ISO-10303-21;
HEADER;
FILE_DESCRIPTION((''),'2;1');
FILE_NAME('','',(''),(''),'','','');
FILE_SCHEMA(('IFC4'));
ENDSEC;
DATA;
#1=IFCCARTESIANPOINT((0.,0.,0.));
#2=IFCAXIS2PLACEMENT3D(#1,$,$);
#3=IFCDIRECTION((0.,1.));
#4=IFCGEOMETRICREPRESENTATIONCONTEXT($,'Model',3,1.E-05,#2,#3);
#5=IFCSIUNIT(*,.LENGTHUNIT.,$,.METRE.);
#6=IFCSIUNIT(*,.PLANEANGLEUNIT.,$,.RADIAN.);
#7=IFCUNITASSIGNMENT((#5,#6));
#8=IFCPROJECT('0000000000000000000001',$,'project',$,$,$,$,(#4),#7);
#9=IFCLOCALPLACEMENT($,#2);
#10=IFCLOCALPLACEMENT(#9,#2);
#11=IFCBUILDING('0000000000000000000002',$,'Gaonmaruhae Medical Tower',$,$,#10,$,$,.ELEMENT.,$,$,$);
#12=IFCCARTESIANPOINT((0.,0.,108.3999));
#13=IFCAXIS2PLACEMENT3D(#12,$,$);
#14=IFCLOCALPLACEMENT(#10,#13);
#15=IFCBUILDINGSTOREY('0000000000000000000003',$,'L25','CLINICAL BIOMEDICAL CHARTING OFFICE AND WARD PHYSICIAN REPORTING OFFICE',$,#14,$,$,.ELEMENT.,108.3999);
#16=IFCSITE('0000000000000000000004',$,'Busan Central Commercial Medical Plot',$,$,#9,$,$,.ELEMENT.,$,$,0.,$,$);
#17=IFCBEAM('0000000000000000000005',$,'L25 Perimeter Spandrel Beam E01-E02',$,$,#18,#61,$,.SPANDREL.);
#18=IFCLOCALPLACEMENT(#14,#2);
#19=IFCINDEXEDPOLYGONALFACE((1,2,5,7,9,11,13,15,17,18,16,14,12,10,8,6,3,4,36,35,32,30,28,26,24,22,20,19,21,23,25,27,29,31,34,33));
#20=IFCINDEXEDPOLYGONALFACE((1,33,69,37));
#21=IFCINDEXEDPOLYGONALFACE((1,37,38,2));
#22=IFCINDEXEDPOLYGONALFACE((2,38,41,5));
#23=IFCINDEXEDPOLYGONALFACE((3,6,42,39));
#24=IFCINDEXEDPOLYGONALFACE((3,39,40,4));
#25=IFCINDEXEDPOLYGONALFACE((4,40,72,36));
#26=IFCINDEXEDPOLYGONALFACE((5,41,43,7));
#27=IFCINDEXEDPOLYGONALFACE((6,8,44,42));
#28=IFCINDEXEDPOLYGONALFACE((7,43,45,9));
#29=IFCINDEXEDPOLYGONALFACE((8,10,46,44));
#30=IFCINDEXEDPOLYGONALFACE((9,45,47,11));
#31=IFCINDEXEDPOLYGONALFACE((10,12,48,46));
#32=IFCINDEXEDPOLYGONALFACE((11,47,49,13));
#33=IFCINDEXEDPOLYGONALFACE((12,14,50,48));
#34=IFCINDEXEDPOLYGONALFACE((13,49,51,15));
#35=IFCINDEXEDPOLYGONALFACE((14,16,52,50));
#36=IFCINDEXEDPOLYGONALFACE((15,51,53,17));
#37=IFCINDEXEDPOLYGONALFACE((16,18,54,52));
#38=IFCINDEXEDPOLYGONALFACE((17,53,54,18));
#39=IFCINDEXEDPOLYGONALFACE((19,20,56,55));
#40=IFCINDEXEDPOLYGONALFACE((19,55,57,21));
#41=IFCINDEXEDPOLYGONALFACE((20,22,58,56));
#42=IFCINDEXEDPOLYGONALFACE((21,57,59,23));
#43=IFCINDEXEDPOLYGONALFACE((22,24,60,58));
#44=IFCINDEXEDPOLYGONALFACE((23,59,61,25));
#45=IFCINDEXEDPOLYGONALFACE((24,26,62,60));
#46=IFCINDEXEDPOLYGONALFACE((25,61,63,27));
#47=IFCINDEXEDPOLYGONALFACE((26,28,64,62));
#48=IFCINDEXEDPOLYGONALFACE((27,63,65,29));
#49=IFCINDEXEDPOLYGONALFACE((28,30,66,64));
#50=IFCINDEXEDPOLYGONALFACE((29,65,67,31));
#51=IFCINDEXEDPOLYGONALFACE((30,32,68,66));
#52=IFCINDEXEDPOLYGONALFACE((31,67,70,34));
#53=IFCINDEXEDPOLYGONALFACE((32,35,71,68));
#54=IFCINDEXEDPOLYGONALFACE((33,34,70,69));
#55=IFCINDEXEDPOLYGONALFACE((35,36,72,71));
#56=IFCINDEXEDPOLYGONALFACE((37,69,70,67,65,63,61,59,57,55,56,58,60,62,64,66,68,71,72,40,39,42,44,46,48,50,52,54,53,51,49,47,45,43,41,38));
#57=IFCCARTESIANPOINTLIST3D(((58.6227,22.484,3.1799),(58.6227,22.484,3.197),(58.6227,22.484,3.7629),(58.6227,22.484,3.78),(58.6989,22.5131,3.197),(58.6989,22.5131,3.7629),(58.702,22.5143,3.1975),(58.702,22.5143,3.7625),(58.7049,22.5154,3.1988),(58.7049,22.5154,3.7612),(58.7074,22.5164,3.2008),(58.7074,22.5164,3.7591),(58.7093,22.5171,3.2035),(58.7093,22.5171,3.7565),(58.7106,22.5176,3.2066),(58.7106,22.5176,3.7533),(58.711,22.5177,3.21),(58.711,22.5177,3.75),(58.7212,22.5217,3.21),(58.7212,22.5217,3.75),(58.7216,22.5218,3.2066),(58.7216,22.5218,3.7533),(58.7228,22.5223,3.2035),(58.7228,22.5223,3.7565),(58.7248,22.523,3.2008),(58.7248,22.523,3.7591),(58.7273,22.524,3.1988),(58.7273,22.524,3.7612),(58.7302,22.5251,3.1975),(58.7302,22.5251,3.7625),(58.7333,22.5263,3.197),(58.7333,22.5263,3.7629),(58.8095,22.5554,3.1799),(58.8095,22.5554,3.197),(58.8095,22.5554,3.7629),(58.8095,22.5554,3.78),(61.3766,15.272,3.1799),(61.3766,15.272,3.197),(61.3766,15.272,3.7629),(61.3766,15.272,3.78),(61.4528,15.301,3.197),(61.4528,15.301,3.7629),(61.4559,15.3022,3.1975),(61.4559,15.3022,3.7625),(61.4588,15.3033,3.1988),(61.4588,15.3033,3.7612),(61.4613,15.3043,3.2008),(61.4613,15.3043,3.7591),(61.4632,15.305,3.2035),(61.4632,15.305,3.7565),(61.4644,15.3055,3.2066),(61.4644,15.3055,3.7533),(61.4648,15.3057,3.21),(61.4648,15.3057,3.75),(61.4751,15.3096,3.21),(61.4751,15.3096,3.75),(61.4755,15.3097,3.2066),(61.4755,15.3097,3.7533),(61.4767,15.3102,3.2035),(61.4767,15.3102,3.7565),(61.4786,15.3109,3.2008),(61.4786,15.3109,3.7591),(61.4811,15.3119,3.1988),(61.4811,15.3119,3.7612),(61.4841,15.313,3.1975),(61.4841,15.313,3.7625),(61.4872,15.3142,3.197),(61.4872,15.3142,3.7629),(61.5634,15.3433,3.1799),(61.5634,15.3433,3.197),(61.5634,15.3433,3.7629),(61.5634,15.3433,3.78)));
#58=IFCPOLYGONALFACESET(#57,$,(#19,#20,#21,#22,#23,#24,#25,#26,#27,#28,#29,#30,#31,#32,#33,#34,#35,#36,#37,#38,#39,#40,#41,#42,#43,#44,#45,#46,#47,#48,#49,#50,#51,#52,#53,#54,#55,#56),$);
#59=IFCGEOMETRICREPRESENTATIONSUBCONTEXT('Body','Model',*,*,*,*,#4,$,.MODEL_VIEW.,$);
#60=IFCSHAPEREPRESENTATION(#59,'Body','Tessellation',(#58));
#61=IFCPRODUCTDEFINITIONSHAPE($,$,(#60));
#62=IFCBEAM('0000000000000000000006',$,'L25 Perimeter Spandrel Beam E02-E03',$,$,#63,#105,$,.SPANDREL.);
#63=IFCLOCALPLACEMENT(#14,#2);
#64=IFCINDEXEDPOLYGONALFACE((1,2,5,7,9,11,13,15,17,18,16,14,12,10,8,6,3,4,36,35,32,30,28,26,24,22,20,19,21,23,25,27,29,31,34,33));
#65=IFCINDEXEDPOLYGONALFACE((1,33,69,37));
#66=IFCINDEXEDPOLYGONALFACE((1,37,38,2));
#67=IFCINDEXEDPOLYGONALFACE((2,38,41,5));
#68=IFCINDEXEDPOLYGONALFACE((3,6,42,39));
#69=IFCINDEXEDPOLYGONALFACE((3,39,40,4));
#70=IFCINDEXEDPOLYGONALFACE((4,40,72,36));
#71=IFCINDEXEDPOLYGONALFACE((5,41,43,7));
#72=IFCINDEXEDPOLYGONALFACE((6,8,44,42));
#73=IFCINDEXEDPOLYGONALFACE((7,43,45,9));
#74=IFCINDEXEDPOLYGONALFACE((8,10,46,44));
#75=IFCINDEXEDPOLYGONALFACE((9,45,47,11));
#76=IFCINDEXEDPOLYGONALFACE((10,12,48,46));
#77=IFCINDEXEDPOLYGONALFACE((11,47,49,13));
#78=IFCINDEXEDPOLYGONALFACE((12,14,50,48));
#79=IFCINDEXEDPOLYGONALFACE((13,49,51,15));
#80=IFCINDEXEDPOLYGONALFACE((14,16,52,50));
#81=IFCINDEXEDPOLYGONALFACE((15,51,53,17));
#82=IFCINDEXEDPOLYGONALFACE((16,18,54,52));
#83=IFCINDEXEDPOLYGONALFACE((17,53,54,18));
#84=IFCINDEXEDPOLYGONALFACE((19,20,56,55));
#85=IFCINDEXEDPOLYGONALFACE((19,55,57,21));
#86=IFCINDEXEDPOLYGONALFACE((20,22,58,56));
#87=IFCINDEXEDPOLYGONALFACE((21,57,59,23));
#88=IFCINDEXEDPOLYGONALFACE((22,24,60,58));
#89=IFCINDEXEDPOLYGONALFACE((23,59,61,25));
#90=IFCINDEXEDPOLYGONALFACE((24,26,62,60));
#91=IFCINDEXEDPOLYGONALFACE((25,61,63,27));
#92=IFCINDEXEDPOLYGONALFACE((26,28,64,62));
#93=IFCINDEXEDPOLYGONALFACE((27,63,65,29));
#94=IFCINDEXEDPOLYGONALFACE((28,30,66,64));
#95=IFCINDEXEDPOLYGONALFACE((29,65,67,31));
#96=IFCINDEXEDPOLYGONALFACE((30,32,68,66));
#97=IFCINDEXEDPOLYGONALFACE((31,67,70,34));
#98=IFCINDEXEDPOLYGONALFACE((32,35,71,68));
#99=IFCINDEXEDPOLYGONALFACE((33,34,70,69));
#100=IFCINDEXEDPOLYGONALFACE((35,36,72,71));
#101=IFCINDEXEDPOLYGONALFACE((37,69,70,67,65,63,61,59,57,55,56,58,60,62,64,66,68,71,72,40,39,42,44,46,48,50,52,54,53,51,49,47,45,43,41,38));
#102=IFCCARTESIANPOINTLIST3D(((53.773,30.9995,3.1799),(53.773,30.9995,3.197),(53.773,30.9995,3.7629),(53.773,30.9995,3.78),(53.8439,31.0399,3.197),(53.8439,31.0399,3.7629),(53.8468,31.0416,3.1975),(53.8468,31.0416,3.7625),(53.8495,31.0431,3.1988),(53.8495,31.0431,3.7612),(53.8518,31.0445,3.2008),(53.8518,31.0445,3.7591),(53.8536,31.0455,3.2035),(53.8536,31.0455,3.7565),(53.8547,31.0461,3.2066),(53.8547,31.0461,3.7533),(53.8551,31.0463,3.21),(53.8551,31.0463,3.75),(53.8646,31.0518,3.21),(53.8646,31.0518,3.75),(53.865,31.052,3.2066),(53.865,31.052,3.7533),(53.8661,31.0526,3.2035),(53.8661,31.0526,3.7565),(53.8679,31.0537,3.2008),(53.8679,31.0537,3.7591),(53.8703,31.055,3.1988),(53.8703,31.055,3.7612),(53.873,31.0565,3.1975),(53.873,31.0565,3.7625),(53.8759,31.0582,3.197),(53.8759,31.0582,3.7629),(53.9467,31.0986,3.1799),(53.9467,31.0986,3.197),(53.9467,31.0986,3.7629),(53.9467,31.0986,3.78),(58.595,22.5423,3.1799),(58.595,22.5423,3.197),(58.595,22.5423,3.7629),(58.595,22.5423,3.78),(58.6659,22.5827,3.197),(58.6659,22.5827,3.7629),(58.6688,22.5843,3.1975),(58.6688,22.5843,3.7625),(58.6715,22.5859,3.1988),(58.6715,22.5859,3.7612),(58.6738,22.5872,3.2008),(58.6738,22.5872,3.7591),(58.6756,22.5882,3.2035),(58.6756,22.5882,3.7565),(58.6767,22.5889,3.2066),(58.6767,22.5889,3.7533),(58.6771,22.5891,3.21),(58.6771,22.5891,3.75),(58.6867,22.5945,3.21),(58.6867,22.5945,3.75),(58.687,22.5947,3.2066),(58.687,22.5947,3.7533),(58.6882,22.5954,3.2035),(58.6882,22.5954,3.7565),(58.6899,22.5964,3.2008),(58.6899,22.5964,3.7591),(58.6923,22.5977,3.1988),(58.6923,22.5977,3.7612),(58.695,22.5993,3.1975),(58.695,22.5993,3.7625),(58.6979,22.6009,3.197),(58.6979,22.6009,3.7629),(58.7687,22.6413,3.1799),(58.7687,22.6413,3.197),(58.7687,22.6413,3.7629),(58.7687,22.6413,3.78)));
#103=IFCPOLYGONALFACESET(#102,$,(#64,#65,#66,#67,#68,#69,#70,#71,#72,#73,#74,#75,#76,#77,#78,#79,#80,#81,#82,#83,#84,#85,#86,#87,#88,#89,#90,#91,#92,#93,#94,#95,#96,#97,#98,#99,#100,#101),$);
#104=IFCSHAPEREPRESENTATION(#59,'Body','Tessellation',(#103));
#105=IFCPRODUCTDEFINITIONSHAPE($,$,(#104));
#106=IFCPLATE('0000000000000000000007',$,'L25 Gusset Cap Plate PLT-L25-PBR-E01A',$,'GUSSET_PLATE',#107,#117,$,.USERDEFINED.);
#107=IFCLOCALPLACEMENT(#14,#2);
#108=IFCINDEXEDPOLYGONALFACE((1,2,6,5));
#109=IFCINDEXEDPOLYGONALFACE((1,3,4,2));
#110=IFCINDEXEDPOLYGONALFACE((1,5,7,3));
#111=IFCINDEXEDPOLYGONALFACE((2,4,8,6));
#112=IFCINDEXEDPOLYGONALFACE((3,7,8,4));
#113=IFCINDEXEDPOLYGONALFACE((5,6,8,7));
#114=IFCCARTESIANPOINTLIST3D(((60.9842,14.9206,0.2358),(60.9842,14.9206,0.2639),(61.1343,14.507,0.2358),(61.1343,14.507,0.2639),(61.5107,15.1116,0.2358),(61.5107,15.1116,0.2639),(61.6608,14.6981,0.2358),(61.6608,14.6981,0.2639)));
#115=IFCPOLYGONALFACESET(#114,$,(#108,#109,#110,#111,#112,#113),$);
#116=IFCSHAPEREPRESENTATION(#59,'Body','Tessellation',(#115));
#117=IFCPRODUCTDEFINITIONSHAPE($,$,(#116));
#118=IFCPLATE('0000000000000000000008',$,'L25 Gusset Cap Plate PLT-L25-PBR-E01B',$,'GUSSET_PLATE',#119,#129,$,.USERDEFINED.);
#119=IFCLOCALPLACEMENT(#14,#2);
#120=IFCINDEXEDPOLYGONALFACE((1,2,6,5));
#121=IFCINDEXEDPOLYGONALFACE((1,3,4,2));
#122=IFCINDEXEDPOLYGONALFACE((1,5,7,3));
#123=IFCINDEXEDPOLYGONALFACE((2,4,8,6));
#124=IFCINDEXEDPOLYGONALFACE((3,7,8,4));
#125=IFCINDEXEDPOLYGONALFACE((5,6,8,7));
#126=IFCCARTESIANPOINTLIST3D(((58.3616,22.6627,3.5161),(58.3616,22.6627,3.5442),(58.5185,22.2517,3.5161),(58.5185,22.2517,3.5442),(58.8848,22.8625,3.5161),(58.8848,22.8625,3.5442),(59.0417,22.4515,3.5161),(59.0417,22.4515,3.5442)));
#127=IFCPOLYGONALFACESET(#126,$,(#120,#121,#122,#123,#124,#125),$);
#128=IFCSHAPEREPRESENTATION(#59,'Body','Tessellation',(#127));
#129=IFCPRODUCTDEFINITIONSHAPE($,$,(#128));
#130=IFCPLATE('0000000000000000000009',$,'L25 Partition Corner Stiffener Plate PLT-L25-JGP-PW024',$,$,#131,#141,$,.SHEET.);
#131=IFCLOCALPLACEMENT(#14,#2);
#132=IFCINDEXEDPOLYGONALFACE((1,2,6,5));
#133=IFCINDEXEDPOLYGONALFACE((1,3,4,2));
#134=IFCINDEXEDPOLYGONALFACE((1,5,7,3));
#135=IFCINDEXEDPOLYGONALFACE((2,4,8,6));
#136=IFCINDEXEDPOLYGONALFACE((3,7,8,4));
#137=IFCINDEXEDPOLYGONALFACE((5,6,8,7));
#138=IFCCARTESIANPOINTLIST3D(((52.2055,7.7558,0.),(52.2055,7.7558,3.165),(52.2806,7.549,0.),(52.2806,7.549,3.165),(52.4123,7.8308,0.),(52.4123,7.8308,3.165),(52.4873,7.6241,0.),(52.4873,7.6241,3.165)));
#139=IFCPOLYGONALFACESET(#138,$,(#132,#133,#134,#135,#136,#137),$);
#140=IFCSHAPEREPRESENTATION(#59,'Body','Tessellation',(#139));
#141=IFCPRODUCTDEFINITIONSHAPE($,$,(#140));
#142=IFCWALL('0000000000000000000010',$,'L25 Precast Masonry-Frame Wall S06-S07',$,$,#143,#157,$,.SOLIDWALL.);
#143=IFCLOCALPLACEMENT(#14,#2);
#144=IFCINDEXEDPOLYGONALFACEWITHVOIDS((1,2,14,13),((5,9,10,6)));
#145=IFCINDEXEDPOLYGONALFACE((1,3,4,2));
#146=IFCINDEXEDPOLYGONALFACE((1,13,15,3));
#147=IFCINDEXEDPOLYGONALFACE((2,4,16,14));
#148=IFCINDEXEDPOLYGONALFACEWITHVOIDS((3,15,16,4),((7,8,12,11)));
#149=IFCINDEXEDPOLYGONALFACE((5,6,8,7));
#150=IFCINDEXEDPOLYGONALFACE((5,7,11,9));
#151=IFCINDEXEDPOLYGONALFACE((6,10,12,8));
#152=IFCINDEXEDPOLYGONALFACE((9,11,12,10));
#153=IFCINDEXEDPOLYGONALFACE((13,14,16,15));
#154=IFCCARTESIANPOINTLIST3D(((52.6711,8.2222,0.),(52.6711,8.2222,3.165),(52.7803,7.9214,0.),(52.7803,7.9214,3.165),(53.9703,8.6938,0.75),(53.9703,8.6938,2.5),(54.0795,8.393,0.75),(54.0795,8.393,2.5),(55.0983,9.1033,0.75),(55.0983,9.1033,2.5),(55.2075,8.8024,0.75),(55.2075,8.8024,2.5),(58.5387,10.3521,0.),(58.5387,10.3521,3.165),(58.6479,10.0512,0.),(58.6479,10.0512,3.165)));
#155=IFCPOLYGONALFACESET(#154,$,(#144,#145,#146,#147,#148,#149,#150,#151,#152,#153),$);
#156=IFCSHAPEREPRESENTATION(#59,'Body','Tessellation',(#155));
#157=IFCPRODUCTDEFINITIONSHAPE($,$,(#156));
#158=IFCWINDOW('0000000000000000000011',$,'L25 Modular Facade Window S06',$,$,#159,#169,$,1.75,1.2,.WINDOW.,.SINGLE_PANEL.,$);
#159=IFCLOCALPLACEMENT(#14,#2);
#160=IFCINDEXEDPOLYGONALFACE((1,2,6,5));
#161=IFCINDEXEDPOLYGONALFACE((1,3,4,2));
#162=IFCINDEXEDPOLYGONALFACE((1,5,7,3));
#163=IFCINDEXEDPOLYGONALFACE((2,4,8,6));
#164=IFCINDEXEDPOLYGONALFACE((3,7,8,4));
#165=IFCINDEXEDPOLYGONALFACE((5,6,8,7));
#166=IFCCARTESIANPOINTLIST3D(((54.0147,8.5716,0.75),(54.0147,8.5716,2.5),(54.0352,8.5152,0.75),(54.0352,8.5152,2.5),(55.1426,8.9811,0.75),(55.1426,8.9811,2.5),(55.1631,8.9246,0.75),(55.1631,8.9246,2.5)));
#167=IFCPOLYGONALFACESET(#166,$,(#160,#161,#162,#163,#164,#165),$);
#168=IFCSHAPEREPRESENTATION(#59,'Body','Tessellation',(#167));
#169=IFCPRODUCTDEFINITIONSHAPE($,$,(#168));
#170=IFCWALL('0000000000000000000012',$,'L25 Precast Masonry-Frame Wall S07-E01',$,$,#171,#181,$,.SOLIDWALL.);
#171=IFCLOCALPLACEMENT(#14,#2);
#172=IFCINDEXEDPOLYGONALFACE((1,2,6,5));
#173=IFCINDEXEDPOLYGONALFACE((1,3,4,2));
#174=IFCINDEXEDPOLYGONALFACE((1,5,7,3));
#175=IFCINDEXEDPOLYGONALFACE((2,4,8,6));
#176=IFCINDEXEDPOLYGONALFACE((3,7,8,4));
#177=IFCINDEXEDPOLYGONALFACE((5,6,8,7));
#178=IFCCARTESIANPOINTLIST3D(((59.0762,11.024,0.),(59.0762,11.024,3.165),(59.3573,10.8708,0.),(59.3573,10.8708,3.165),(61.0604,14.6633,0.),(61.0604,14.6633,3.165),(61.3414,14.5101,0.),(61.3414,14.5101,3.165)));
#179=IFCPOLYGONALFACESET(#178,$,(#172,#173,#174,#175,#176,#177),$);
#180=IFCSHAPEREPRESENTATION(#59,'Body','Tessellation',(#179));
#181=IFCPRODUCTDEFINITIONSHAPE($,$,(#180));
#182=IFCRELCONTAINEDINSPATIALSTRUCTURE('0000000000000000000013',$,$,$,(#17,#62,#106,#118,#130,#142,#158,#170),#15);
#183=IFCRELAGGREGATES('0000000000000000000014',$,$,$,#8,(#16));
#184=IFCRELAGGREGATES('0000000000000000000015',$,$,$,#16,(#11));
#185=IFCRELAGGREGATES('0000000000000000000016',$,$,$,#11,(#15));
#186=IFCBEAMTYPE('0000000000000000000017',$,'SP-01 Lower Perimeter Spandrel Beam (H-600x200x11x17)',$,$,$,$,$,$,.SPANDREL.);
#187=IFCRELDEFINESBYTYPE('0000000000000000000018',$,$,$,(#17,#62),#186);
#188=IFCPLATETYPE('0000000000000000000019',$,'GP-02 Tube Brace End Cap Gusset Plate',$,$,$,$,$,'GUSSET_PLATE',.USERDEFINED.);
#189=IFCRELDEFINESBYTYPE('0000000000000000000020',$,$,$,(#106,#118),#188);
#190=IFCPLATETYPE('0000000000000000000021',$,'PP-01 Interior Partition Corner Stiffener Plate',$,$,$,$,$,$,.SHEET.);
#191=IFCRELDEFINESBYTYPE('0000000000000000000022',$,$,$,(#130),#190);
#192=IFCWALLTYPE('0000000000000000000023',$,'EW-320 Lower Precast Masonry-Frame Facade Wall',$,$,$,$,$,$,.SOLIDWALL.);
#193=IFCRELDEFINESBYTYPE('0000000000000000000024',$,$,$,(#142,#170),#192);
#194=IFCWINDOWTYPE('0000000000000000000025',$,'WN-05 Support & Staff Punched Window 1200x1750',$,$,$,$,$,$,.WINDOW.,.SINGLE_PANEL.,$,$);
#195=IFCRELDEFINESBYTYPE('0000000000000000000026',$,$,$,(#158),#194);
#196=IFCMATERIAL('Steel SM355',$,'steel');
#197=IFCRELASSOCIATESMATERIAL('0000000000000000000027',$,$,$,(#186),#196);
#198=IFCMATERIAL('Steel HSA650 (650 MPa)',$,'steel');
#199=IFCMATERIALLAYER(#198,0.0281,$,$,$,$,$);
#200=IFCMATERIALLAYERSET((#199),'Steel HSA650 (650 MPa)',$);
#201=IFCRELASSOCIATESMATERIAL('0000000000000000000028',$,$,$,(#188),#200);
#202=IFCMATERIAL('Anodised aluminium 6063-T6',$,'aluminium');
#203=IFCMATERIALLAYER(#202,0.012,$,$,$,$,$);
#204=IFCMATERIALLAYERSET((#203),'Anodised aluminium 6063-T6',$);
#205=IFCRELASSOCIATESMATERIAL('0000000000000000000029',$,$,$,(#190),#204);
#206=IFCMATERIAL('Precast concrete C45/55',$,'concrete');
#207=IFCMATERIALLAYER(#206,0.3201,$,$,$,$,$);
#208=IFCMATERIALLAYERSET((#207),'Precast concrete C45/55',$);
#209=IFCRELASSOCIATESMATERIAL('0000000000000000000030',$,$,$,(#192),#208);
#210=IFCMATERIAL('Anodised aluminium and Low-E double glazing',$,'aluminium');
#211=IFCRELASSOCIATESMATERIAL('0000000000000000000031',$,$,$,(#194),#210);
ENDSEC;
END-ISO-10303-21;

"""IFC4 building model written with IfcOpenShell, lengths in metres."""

from ifc_helpers import new_model, si_unit, direction, frame, frame_2d, origin, origin_2d, place, context, subcontext, project, spatial, rectangle, i_section, extrude, material, layer, layer_set, material_profile, profile_set, type_object, element, fill, save


model = new_model("IFC4")

# Units and contexts
model_context = context("Model", 3, precision=1e-05, world=origin(), true_north=direction((0.0, 1.0)))
body_context = subcontext(model_context, "Body", "Model", "MODEL_VIEW")
ifc_project = project(units=[si_unit("LENGTHUNIT", "METRE"), si_unit("PLANEANGLEUNIT", "RADIAN")], contexts=[model_context])

# Site, building, storey
site_placement = place(None, origin())
site = spatial("IfcSite", under=ifc_project, at=site_placement, Name="Busan Central Commercial Medical Plot", CompositionType="ELEMENT", RefElevation=0.0)
building_placement = place(site_placement, origin())
building = spatial("IfcBuilding", under=site, at=building_placement, Name="Gaonmaruhae Medical Tower", CompositionType="ELEMENT")
storey_placement = place(building_placement, frame((0.0, 0.0, 108.3999)))
storey = spatial("IfcBuildingStorey", under=building, at=storey_placement, Name="L25", Description="CLINICAL BIOMEDICAL CHARTING OFFICE AND WARD PHYSICIAN REPORTING OFFICE", CompositionType="ELEMENT", Elevation=108.3999)

# Beams
ifc_material_1 = material(Name="Steel SM355", Category="steel")
ifc_material_profile_1 = material_profile(ifc_material_1, i_section(OverallWidth=0.2, OverallDepth=0.6001, WebThickness=0.011, FlangeThickness=0.0171, FilletRadius=0.0129, at=origin_2d()), Name="H-600x200x11x17")
ifc_profile_set_1 = profile_set([ifc_material_profile_1], Name="Steel SM355")
beam_type = type_object("IfcBeamType", Name="SP-01 Lower Perimeter Spandrel Beam (H-600x200x11x17)", PredefinedType="SPANDREL", material=ifc_profile_set_1)
beam_1_placement = place(storey_placement, frame((61.47, 15.3076, 3.48), z_axis=(-0.356721, 0.934211, 0.0), x_axis=(-0.934211, -0.356721, 0.0)))
element("IfcBeam", 1, at=beam_1_placement, inside=storey, type_object=beam_type, Name="L25 Perimeter Spandrel Beam E01-E02", PredefinedType="SPANDREL", context=body_context, shape_type="SweptSolid", body=[
    extrude(i_section(OverallWidth=0.2, OverallDepth=0.6001, WebThickness=0.011, FlangeThickness=0.0171, FilletRadius=0.0129, at=origin_2d()), origin(), (0.0, 0.0, 1.0), 7.72),
])
beam_2_placement = place(storey_placement, frame((58.6819, 22.5918, 3.48), z_axis=(-0.49531, 0.868717, 0.0), x_axis=(-0.868717, -0.49531, 0.0)))
element("IfcBeam", 2, at=beam_2_placement, inside=storey, type_object=beam_type, Name="L25 Perimeter Spandrel Beam E02-E03", PredefinedType="SPANDREL", context=body_context, shape_type="SweptSolid", body=[
    extrude(i_section(OverallWidth=0.2, OverallDepth=0.6001, WebThickness=0.011, FlangeThickness=0.0171, FilletRadius=0.0129, at=origin_2d()), origin(), (0.0, 0.0, 1.0), 9.7354),
])

# Plates
ifc_material_2 = material(Name="Steel HSA650 (650 MPa)", Category="steel")
ifc_layer_1 = layer(ifc_material_2, 0.0281)
ifc_layer_set_1 = layer_set([ifc_layer_1], Name="Steel HSA650 (650 MPa)")
plate_type_1 = type_object("IfcPlateType", Name="GP-02 Tube Brace End Cap Gusset Plate", ElementType="GUSSET_PLATE", PredefinedType="USERDEFINED", material=ifc_layer_set_1)
for number, where, z_axis, x_axis, name in (
    (3, (61.3225, 14.8093, 0.2358), (0.0, 0.0, 1.0), (0.939991, 0.3412, 0.0), "L25 Gusset Cap Plate PLT-L25-PBR-E01A"),
    (4, (58.7017, 22.5571, 3.5161), (0.0, 0.0, 1.0), (0.934204, 0.356738, 0.0), "L25 Gusset Cap Plate PLT-L25-PBR-E01B"),
):
    element("IfcPlate", number, at=place(storey_placement, frame(where, z_axis=z_axis, x_axis=x_axis)), inside=storey, type_object=plate_type_1, Name=name, ObjectType="GUSSET_PLATE", PredefinedType="USERDEFINED", context=body_context, shape_type="SweptSolid", body=[
        extrude(rectangle(XDim=0.5601, YDim=0.4399, at=origin_2d()), origin(), (0.0, 0.0, 1.0), 0.0281),
    ])
ifc_material_3 = material(Name="Anodised aluminium 6063-T6", Category="aluminium")
ifc_layer_2 = layer(ifc_material_3, 0.012)
ifc_layer_set_2 = layer_set([ifc_layer_2], Name="Anodised aluminium 6063-T6")
plate_type_2 = type_object("IfcPlateType", Name="PP-01 Interior Partition Corner Stiffener Plate", PredefinedType="SHEET", material=ifc_layer_set_2)
plate_placement = place(storey_placement, frame((52.3464, 7.6899, 0.0), z_axis=(0.0, 0.0, 1.0), x_axis=(-0.940032, -0.341085, 0.0)))
element("IfcPlate", 5, at=plate_placement, inside=storey, type_object=plate_type_2, Name="L25 Partition Corner Stiffener Plate PLT-L25-JGP-PW024", PredefinedType="SHEET", context=body_context, shape_type="SweptSolid", body=[
    extrude(rectangle(XDim=0.22, YDim=0.22, at=origin_2d()), origin(), (0.0, 0.0, 1.0), 3.165),
])

# Wall, opening, window
ifc_material_4 = material(Name="Precast concrete C45/55", Category="concrete")
ifc_layer_3 = layer(ifc_material_4, 0.3201)
ifc_layer_set_3 = layer_set([ifc_layer_3], Name="Precast concrete C45/55")
wall_type_1 = type_object("IfcWallType", Name="EW-320 Lower Precast Masonry-Frame Facade Wall", PredefinedType="SOLIDWALL", material=ifc_layer_set_3)
wall_1_placement = place(storey_placement, frame((58.5933, 10.2017, 0.0), z_axis=(0.0, 0.0, 1.0), x_axis=(-0.93999, -0.341203, 0.0)))
wall_1 = element("IfcWall", 6, at=wall_1_placement, inside=storey, type_object=wall_type_1, Name="L25 Precast Masonry-Frame Wall S06-S07", PredefinedType="SOLIDWALL", context=body_context, shape_type="SweptSolid", body=[
    extrude(rectangle(XDim=6.2422, YDim=0.3201, at=frame_2d((3.1211, 0.0))), origin(), (0.0, 0.0, 1.0), 3.165),
])
opening_placement = place(wall_1_placement, frame((3.6599, 0.0, 0.75)))
opening = element("IfcOpeningElement", 7, at=opening_placement, cuts=wall_1, PredefinedType="OPENING", context=body_context, shape_type="SweptSolid", body=[
    extrude(rectangle(XDim=1.2, YDim=1.75, at=frame_2d((0.6001, 0.875))), frame((0.0, 0.1699, 0.0), z_axis=(0.0, -1.0, 0.0), x_axis=(1.0, 0.0, 0.0)), (0.0, 0.0, 1.0), 0.3401),
])
ifc_material_5 = material(Name="Anodised aluminium and Low-E double glazing", Category="aluminium")
window_type = type_object("IfcWindowType", Name="WN-05 Support & Staff Punched Window 1200x1750", PartitioningType="SINGLE_PANEL", PredefinedType="WINDOW", material=ifc_material_5)
window_placement = place(opening_placement, origin())
window = element("IfcWindow", 8, at=window_placement, inside=storey, type_object=window_type, Name="L25 Modular Facade Window S06", OverallHeight=1.75, OverallWidth=1.2, PartitioningType="SINGLE_PANEL", PredefinedType="WINDOW", context=body_context, shape_type="SweptSolid", body=[
    extrude(rectangle(XDim=1.2, YDim=1.75, at=frame_2d((0.6001, 0.875))), frame((0.0, 0.03, 0.0), z_axis=(0.0, -1.0, 0.0), x_axis=(1.0, 0.0, 0.0)), (0.0, 0.0, 1.0), 0.0601),
])
fill(opening, window)

# Wall
wall_2_placement = place(storey_placement, frame((61.2009, 14.5867, 0.0), z_axis=(0.0, 0.0, 1.0), x_axis=(-0.478691, -0.877983, 0.0)))
element("IfcWall", 9, at=wall_2_placement, inside=storey, type_object=wall_type_1, Name="L25 Precast Masonry-Frame Wall S07-E01", PredefinedType="SOLIDWALL", context=body_context, shape_type="SweptSolid", body=[
    extrude(rectangle(XDim=4.145, YDim=0.3201, at=frame_2d((2.0725, 0.0))), origin(), (0.0, 0.0, 1.0), 3.165),
])

save(model, "model.ifc")
